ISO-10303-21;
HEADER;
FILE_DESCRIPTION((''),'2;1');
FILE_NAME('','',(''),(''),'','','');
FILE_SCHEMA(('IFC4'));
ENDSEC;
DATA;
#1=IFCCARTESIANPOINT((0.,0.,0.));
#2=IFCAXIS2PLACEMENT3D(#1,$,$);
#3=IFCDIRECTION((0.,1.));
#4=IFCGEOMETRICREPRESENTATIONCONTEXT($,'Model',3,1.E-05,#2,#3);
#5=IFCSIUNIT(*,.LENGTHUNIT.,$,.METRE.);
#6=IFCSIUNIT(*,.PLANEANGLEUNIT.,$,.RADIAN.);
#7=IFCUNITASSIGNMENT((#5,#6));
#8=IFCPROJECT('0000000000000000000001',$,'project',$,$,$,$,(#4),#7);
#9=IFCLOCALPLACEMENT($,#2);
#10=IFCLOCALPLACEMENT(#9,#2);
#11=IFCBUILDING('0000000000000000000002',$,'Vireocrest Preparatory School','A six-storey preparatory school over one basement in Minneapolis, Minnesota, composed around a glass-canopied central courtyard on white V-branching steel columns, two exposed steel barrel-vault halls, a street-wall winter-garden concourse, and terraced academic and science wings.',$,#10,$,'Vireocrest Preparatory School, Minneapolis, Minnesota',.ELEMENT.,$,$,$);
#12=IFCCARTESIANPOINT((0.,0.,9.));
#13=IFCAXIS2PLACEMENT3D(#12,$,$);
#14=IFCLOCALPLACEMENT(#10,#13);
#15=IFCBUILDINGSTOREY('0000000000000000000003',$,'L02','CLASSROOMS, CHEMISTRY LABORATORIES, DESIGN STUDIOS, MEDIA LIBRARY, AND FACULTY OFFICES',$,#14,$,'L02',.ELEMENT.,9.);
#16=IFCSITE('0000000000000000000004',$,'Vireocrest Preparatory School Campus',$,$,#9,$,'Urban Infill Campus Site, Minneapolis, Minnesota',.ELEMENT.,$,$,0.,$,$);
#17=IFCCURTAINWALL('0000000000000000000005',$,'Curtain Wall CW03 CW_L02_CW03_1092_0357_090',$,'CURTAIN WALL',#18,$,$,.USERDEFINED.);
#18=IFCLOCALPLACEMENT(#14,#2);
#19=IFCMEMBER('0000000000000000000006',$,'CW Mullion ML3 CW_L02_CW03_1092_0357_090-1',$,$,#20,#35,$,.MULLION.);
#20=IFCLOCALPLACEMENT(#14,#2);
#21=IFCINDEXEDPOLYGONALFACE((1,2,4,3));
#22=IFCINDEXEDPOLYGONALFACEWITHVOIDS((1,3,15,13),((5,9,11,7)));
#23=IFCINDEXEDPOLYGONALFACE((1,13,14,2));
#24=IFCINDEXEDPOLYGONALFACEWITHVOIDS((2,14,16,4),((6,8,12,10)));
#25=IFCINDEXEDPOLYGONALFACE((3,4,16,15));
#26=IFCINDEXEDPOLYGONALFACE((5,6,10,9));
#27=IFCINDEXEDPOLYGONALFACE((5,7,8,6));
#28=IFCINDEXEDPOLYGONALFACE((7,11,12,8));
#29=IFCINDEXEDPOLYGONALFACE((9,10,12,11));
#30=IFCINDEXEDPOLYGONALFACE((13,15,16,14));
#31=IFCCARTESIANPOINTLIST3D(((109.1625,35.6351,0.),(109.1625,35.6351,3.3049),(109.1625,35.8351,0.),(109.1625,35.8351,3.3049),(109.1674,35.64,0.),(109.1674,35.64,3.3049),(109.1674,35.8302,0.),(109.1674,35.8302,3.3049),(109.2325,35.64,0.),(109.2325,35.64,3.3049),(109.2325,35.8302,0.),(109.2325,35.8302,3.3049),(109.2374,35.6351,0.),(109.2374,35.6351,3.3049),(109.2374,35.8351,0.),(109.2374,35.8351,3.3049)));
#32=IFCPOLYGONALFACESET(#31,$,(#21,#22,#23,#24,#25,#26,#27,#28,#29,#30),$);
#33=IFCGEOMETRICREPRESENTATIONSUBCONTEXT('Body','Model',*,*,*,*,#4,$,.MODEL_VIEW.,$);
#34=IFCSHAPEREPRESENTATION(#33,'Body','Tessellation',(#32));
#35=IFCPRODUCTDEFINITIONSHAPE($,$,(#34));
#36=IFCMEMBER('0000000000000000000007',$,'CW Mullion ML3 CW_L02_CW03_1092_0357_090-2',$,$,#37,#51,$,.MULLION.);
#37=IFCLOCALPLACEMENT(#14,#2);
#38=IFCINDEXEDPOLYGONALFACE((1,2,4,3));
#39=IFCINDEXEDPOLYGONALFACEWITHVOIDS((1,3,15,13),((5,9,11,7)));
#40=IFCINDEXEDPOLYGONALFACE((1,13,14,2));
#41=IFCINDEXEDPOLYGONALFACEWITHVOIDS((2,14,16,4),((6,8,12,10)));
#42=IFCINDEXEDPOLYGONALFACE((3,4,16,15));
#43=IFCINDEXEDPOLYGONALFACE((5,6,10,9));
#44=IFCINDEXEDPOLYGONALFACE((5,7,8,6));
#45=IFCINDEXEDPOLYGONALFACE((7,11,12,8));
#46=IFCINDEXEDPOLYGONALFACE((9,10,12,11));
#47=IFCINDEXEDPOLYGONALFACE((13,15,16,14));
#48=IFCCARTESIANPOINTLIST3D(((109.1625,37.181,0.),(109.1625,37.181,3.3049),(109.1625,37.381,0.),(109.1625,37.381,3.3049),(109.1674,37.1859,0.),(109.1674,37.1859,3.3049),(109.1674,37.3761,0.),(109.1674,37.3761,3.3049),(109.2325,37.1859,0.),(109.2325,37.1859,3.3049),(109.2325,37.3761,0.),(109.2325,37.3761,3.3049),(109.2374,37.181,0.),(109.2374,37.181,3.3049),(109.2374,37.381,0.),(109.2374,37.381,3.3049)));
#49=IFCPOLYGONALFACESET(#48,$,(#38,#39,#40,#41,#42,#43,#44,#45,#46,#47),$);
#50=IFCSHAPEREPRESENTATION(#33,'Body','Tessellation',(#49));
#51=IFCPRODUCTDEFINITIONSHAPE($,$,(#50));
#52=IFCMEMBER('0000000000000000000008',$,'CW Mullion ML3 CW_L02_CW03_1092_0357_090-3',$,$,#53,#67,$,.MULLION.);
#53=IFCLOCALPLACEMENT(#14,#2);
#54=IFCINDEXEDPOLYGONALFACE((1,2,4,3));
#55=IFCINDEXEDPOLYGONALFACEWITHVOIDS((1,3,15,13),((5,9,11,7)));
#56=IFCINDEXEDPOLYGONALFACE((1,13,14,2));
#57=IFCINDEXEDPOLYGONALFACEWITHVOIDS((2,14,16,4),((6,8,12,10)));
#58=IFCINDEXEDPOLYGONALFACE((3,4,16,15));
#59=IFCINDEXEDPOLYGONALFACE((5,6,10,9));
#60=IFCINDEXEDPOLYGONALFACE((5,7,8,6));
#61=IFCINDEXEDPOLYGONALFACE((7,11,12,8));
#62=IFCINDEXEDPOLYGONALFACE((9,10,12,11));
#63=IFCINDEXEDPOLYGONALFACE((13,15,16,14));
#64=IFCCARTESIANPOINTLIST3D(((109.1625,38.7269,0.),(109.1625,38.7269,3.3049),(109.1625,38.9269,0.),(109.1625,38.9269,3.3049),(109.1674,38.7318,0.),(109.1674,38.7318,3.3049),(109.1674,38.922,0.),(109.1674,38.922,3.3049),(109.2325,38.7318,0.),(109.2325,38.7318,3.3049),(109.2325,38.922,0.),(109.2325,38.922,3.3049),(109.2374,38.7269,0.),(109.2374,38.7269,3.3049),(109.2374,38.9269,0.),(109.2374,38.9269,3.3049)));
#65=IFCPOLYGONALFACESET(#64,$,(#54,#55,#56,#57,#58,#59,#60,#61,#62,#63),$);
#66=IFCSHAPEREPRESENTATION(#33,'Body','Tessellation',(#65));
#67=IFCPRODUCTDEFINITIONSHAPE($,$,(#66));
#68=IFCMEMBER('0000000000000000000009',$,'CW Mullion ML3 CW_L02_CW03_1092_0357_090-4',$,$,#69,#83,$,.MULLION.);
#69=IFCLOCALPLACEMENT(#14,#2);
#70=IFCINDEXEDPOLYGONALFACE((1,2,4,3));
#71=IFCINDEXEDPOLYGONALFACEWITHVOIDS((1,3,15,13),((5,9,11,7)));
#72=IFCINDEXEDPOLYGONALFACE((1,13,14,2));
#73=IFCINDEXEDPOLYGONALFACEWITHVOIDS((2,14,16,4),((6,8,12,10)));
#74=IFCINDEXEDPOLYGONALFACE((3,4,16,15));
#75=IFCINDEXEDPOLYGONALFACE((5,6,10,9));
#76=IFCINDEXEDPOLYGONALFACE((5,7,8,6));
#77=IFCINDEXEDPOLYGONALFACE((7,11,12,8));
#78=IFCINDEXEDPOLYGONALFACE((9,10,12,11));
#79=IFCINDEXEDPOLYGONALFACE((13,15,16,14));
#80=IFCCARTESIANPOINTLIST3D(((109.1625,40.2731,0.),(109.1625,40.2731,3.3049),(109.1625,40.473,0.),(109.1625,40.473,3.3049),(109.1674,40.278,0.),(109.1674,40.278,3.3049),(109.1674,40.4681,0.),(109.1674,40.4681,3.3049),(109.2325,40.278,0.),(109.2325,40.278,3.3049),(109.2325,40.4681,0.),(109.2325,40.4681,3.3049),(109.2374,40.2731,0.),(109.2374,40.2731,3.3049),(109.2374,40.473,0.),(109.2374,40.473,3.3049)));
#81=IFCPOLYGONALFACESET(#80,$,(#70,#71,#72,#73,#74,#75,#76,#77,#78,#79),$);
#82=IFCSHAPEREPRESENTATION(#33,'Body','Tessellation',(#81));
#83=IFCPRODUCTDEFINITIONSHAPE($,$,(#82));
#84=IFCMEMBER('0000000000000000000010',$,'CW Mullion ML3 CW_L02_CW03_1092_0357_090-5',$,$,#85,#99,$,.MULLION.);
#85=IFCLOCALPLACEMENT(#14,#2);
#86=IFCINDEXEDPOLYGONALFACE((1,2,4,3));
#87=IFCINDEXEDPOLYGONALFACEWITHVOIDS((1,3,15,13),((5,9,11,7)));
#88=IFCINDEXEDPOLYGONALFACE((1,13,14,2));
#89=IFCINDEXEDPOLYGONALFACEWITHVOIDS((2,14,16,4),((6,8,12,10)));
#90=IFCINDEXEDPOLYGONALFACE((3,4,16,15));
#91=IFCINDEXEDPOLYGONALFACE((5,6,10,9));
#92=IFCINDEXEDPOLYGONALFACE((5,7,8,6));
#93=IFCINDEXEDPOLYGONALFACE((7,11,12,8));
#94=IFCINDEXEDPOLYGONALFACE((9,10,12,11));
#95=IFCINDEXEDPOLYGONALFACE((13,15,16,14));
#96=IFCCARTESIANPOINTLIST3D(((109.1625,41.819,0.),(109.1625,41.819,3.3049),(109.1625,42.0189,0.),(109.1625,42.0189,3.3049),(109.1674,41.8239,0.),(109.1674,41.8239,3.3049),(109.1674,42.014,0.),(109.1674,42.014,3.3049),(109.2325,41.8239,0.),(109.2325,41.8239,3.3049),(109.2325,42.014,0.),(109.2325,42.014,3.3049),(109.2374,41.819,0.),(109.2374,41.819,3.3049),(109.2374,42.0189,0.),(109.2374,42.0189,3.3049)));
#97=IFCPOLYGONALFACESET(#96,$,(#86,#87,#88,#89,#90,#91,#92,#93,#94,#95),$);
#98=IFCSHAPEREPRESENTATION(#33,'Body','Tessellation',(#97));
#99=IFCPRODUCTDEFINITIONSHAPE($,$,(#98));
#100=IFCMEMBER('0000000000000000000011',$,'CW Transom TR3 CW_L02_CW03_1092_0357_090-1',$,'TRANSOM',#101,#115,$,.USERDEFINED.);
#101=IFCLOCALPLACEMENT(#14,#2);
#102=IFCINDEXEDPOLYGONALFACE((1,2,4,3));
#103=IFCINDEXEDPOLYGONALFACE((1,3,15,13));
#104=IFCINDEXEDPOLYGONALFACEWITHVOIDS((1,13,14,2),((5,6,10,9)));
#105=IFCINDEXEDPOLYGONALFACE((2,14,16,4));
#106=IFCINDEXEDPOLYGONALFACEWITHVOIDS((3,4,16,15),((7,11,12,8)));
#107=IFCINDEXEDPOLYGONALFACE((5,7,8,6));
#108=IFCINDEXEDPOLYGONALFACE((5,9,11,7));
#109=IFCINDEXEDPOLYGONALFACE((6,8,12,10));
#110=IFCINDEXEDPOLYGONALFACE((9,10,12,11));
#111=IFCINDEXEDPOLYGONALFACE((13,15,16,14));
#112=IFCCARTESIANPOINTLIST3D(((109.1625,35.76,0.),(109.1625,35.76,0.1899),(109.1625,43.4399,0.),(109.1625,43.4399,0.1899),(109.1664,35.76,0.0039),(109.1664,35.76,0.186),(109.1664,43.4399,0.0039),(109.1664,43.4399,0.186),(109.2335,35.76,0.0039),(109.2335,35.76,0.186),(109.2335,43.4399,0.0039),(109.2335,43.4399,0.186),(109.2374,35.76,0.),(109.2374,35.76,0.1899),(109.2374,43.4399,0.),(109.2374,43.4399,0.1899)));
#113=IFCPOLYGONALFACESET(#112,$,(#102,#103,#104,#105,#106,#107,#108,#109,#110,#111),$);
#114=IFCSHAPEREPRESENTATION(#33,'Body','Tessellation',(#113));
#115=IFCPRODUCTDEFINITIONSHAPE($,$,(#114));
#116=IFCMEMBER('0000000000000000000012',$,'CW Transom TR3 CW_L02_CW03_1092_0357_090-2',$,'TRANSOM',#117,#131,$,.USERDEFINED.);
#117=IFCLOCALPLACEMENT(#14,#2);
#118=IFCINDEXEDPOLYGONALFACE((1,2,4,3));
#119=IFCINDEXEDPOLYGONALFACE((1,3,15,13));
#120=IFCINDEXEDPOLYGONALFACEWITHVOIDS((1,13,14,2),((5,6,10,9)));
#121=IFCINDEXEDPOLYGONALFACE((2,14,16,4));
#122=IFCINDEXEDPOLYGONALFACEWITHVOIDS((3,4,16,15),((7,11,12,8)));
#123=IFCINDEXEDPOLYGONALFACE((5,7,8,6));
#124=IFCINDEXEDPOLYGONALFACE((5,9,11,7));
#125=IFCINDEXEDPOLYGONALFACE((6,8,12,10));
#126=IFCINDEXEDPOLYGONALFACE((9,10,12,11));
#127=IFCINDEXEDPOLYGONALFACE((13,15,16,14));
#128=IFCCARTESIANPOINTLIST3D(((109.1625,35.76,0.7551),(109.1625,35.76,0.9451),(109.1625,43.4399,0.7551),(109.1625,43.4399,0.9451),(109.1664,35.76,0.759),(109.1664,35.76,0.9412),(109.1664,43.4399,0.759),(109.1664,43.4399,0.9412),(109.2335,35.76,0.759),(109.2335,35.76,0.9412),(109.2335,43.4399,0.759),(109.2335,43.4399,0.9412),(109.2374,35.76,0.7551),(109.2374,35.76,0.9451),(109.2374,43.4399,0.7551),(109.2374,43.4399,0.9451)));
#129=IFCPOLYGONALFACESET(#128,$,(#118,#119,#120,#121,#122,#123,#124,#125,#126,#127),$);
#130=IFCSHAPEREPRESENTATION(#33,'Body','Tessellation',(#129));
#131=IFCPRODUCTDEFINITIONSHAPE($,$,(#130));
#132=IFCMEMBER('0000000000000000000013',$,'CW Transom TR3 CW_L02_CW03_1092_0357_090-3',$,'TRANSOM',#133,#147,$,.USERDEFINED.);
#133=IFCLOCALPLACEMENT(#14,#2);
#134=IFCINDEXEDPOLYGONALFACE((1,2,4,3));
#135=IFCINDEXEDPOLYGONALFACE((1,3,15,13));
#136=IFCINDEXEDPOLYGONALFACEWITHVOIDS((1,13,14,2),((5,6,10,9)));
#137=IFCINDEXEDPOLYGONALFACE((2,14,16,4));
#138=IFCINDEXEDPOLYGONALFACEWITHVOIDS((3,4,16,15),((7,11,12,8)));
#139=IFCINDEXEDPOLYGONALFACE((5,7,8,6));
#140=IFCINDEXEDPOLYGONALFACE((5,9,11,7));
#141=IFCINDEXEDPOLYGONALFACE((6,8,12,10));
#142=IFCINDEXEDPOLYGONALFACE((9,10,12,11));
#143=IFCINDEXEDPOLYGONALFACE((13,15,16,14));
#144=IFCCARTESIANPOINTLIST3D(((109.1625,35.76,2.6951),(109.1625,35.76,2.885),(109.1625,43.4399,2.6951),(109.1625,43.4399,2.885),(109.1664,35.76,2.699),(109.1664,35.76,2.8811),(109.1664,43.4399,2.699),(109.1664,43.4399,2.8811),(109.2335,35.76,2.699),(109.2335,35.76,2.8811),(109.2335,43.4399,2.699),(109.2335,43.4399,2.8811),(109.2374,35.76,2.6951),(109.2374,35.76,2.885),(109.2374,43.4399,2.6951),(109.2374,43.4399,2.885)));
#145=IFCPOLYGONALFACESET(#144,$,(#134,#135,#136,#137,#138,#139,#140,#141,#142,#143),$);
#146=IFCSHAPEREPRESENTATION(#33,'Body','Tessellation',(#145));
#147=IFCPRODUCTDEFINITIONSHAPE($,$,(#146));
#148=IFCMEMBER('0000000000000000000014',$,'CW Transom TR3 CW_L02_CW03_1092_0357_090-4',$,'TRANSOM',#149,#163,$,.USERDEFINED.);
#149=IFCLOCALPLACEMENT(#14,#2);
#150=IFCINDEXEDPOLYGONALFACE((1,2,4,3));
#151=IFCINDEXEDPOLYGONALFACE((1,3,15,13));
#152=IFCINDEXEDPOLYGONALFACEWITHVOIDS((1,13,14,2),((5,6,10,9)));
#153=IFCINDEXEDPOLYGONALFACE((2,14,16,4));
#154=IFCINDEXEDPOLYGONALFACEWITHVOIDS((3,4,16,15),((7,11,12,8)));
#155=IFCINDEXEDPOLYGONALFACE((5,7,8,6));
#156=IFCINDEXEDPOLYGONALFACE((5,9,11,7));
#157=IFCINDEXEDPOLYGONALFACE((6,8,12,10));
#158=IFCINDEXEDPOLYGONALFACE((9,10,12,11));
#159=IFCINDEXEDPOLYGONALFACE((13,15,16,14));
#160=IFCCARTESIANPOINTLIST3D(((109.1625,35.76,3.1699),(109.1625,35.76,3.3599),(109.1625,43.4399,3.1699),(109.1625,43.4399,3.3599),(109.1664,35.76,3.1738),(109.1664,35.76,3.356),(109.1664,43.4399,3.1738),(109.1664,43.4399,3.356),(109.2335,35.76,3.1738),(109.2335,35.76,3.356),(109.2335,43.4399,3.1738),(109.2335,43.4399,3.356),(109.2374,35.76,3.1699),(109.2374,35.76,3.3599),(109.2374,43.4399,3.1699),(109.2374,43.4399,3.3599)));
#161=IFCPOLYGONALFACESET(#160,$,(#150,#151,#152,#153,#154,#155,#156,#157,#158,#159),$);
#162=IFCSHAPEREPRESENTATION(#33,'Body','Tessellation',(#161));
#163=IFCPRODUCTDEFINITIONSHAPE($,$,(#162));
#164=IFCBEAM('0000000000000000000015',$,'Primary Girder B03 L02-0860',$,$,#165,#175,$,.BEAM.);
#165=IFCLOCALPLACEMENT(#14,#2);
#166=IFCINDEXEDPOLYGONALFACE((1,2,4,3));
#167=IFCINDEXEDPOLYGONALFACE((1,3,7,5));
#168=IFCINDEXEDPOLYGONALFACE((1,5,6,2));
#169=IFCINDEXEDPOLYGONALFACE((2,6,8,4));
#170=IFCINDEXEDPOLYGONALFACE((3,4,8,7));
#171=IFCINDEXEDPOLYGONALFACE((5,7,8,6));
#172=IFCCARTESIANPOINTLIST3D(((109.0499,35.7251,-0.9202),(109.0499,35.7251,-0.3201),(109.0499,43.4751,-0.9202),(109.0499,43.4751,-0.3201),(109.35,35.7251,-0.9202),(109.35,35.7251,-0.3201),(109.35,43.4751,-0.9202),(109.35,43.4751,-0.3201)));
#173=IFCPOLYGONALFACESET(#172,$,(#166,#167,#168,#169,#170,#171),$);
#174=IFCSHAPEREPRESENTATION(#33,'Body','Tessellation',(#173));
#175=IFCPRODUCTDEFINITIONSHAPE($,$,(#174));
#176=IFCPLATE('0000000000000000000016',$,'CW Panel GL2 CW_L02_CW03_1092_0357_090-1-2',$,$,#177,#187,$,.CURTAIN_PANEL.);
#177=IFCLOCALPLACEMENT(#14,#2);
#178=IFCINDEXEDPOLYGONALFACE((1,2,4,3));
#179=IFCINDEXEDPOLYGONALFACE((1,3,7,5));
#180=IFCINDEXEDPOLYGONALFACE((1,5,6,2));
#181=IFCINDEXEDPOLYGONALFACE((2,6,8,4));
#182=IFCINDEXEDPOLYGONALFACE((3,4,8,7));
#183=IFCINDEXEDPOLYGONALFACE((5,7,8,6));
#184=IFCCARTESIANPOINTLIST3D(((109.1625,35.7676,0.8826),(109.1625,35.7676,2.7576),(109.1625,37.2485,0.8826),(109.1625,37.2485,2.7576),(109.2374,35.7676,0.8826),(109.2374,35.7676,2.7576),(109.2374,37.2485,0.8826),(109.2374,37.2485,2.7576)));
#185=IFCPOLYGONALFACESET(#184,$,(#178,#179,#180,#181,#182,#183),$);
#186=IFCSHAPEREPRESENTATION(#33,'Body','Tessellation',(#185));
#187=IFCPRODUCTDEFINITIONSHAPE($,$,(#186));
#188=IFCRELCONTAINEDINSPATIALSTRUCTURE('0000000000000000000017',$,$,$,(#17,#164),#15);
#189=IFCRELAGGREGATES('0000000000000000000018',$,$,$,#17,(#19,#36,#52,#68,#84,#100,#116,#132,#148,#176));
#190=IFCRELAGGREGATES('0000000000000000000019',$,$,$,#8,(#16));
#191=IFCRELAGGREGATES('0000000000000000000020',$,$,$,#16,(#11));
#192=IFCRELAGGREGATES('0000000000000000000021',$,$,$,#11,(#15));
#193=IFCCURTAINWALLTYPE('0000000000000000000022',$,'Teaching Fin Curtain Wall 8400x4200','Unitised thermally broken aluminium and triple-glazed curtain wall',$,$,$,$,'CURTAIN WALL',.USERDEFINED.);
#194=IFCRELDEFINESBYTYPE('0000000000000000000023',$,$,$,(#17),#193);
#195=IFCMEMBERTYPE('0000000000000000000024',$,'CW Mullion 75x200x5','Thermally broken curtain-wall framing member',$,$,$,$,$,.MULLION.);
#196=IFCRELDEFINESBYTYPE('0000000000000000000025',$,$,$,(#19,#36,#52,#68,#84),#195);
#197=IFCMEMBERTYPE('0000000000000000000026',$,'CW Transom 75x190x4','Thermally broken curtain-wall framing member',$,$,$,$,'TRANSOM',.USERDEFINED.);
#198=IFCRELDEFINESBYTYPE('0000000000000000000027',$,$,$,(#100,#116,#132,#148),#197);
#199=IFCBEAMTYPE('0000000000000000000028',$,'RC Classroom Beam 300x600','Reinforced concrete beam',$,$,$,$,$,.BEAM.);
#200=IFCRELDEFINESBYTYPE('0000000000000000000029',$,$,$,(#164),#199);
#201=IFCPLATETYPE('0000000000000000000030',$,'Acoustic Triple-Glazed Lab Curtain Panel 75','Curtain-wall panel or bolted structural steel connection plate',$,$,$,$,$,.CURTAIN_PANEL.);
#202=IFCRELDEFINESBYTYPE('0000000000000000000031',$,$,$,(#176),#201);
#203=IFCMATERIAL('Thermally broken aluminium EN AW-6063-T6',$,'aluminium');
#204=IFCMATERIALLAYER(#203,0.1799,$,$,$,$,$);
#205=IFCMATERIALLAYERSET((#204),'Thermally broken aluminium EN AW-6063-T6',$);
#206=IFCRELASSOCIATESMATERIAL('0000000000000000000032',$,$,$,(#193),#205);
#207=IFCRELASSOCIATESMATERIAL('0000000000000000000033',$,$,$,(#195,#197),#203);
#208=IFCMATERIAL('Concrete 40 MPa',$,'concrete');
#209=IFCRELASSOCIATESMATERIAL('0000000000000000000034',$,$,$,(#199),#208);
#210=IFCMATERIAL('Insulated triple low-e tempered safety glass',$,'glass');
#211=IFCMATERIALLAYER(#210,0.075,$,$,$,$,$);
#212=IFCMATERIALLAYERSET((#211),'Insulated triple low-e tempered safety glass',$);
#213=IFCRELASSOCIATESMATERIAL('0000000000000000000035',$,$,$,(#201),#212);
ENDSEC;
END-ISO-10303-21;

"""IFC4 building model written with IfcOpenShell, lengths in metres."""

from ifc_helpers import new_model, si_unit, direction, frame, origin, origin_2d, place, context, subcontext, project, spatial, rectangle, hollow_rectangle, extrude, material, layer, layer_set, material_profile, profile_set, type_object, element, aggregate, save


model = new_model("IFC4")

# Units and contexts
model_context = context("Model", 3, precision=1e-05, world=origin(), true_north=direction((0.0, 1.0)))
body_context = subcontext(model_context, "Body", "Model", "MODEL_VIEW")
ifc_project = project(units=[si_unit("LENGTHUNIT", "METRE"), si_unit("PLANEANGLEUNIT", "RADIAN")], contexts=[model_context])

# Site, building, storey
site_placement = place(None, origin())
site = spatial("IfcSite", under=ifc_project, at=site_placement, Name="Vireocrest Preparatory School Campus", LongName="Urban Infill Campus Site, Minneapolis, Minnesota", CompositionType="ELEMENT", RefElevation=0.0)
building_placement = place(site_placement, origin())
building = spatial("IfcBuilding", under=site, at=building_placement, Name="Vireocrest Preparatory School", Description="A six-storey preparatory school over one basement in Minneapolis, Minnesota, composed around a glass-canopied central courtyard on white V-branching steel columns, two exposed steel barrel-vault halls, a street-wall winter-garden concourse, and terraced academic and science wings.", LongName="Vireocrest Preparatory School, Minneapolis, Minnesota", CompositionType="ELEMENT")
storey_placement = place(building_placement, frame((0.0, 0.0, 9.0)))
storey = spatial("IfcBuildingStorey", under=building, at=storey_placement, Name="L02", Description="CLASSROOMS, CHEMISTRY LABORATORIES, DESIGN STUDIOS, MEDIA LIBRARY, AND FACULTY OFFICES", LongName="L02", CompositionType="ELEMENT", Elevation=9.0)

# Curtain wall, members
ifc_material_1 = material(Name="Thermally broken aluminium EN AW-6063-T6", Category="aluminium")
ifc_layer_1 = layer(ifc_material_1, 0.1799)
ifc_layer_set_1 = layer_set([ifc_layer_1], Name="Thermally broken aluminium EN AW-6063-T6")
curtain_wall_type = type_object("IfcCurtainWallType", Name="Teaching Fin Curtain Wall 8400x4200", Description="Unitised thermally broken aluminium and triple-glazed curtain wall", ElementType="CURTAIN WALL", PredefinedType="USERDEFINED", material=ifc_layer_set_1)
curtain_wall_placement = place(storey_placement, origin())
curtain_wall = element("IfcCurtainWall", 1, at=curtain_wall_placement, inside=storey, type_object=curtain_wall_type, Name="Curtain Wall CW03 CW_L02_CW03_1092_0357_090", ObjectType="CURTAIN WALL", PredefinedType="USERDEFINED")
ifc_material_profile_1 = material_profile(ifc_material_1, hollow_rectangle(XDim=0.075, YDim=0.2, WallThickness=0.0049, at=origin_2d()), Name="ALU 75x200x5")
ifc_profile_set_1 = profile_set([ifc_material_profile_1], Name="Thermally broken aluminium EN AW-6063-T6")
member_type_1 = type_object("IfcMemberType", Name="CW Mullion 75x200x5", Description="Thermally broken curtain-wall framing member", PredefinedType="MULLION", material=ifc_profile_set_1)
member_1_placement = place(storey_placement, frame((109.2, 35.7351, 0.0), z_axis=(0.0, 0.0, 1.0), x_axis=(1.0, 0.0, 0.0)))
member_1 = element("IfcMember", 2, at=member_1_placement, type_object=member_type_1, Name="CW Mullion ML3 CW_L02_CW03_1092_0357_090-1", PredefinedType="MULLION", context=body_context, shape_type="SweptSolid", body=[
    extrude(hollow_rectangle(XDim=0.075, YDim=0.2, WallThickness=0.0049, at=origin_2d()), origin(), (0.0, 0.0, 1.0), 3.3049),
])
member_2_placement = place(storey_placement, frame((109.2, 37.281, 0.0), z_axis=(0.0, 0.0, 1.0), x_axis=(1.0, 0.0, 0.0)))
member_2 = element("IfcMember", 3, at=member_2_placement, type_object=member_type_1, Name="CW Mullion ML3 CW_L02_CW03_1092_0357_090-2", PredefinedType="MULLION", context=body_context, shape_type="SweptSolid", body=[
    extrude(hollow_rectangle(XDim=0.075, YDim=0.2, WallThickness=0.0049, at=origin_2d()), origin(), (0.0, 0.0, 1.0), 3.3049),
])
member_3_placement = place(storey_placement, frame((109.2, 38.8269, 0.0), z_axis=(0.0, 0.0, 1.0), x_axis=(1.0, 0.0, 0.0)))
member_3 = element("IfcMember", 4, at=member_3_placement, type_object=member_type_1, Name="CW Mullion ML3 CW_L02_CW03_1092_0357_090-3", PredefinedType="MULLION", context=body_context, shape_type="SweptSolid", body=[
    extrude(hollow_rectangle(XDim=0.075, YDim=0.2, WallThickness=0.0049, at=origin_2d()), origin(), (0.0, 0.0, 1.0), 3.3049),
])
member_4_placement = place(storey_placement, frame((109.2, 40.373, 0.0), z_axis=(0.0, 0.0, 1.0), x_axis=(1.0, 0.0, 0.0)))
member_4 = element("IfcMember", 5, at=member_4_placement, type_object=member_type_1, Name="CW Mullion ML3 CW_L02_CW03_1092_0357_090-4", PredefinedType="MULLION", context=body_context, shape_type="SweptSolid", body=[
    extrude(hollow_rectangle(XDim=0.075, YDim=0.2, WallThickness=0.0049, at=origin_2d()), origin(), (0.0, 0.0, 1.0), 3.3049),
])
member_5_placement = place(storey_placement, frame((109.2, 41.9189, 0.0), z_axis=(0.0, 0.0, 1.0), x_axis=(1.0, 0.0, 0.0)))
member_5 = element("IfcMember", 6, at=member_5_placement, type_object=member_type_1, Name="CW Mullion ML3 CW_L02_CW03_1092_0357_090-5", PredefinedType="MULLION", context=body_context, shape_type="SweptSolid", body=[
    extrude(hollow_rectangle(XDim=0.075, YDim=0.2, WallThickness=0.0049, at=origin_2d()), origin(), (0.0, 0.0, 1.0), 3.3049),
])
ifc_material_profile_2 = material_profile(ifc_material_1, hollow_rectangle(XDim=0.075, YDim=0.1899, WallThickness=0.0039, at=origin_2d()), Name="ALU 75x190x4")
ifc_profile_set_2 = profile_set([ifc_material_profile_2], Name="Thermally broken aluminium EN AW-6063-T6")
member_type_2 = type_object("IfcMemberType", Name="CW Transom 75x190x4", Description="Thermally broken curtain-wall framing member", ElementType="TRANSOM", PredefinedType="USERDEFINED", material=ifc_profile_set_2)
member_6_placement = place(storey_placement, frame((109.2, 35.76, 0.095), z_axis=(0.0, 1.0, 0.0), x_axis=(-1.0, 0.0, 0.0)))
member_6 = element("IfcMember", 7, at=member_6_placement, type_object=member_type_2, Name="CW Transom TR3 CW_L02_CW03_1092_0357_090-1", ObjectType="TRANSOM", PredefinedType="USERDEFINED", context=body_context, shape_type="SweptSolid", body=[
    extrude(hollow_rectangle(XDim=0.075, YDim=0.1899, WallThickness=0.0039, at=origin_2d()), origin(), (0.0, 0.0, 1.0), 7.6799),
])
member_7_placement = place(storey_placement, frame((109.2, 35.76, 0.8501), z_axis=(0.0, 1.0, 0.0), x_axis=(-1.0, 0.0, 0.0)))
member_7 = element("IfcMember", 8, at=member_7_placement, type_object=member_type_2, Name="CW Transom TR3 CW_L02_CW03_1092_0357_090-2", ObjectType="TRANSOM", PredefinedType="USERDEFINED", context=body_context, shape_type="SweptSolid", body=[
    extrude(hollow_rectangle(XDim=0.075, YDim=0.1899, WallThickness=0.0039, at=origin_2d()), origin(), (0.0, 0.0, 1.0), 7.6799),
])
member_8_placement = place(storey_placement, frame((109.2, 35.76, 2.79), z_axis=(0.0, 1.0, 0.0), x_axis=(-1.0, 0.0, 0.0)))
member_8 = element("IfcMember", 9, at=member_8_placement, type_object=member_type_2, Name="CW Transom TR3 CW_L02_CW03_1092_0357_090-3", ObjectType="TRANSOM", PredefinedType="USERDEFINED", context=body_context, shape_type="SweptSolid", body=[
    extrude(hollow_rectangle(XDim=0.075, YDim=0.1899, WallThickness=0.0039, at=origin_2d()), origin(), (0.0, 0.0, 1.0), 7.6799),
])
member_9_placement = place(storey_placement, frame((109.2, 35.76, 3.2649), z_axis=(0.0, 1.0, 0.0), x_axis=(-1.0, 0.0, 0.0)))
member_9 = element("IfcMember", 10, at=member_9_placement, type_object=member_type_2, Name="CW Transom TR3 CW_L02_CW03_1092_0357_090-4", ObjectType="TRANSOM", PredefinedType="USERDEFINED", context=body_context, shape_type="SweptSolid", body=[
    extrude(hollow_rectangle(XDim=0.075, YDim=0.1899, WallThickness=0.0039, at=origin_2d()), origin(), (0.0, 0.0, 1.0), 7.6799),
])

# Beam
ifc_material_2 = material(Name="Concrete 40 MPa", Category="concrete")
ifc_material_profile_3 = material_profile(ifc_material_2, rectangle(XDim=0.3, YDim=0.6001, at=origin_2d()), Name="RC 300x600")
ifc_profile_set_3 = profile_set([ifc_material_profile_3], Name="Concrete 40 MPa")
beam_type = type_object("IfcBeamType", Name="RC Classroom Beam 300x600", Description="Reinforced concrete beam", PredefinedType="BEAM", material=ifc_profile_set_3)
beam_placement = place(storey_placement, frame((109.2, 35.7251, -0.6201), z_axis=(0.0, 1.0, 0.0), x_axis=(-1.0, 0.0, 0.0)))
element("IfcBeam", 11, at=beam_placement, inside=storey, type_object=beam_type, Name="Primary Girder B03 L02-0860", PredefinedType="BEAM", context=body_context, shape_type="SweptSolid", body=[
    extrude(rectangle(XDim=0.3, YDim=0.6001, at=origin_2d()), origin(), (0.0, 0.0, 1.0), 7.75),
])

# Plate
ifc_material_3 = material(Name="Insulated triple low-e tempered safety glass", Category="glass")
ifc_layer_2 = layer(ifc_material_3, 0.075)
ifc_layer_set_2 = layer_set([ifc_layer_2], Name="Insulated triple low-e tempered safety glass")
plate_type_1 = type_object("IfcPlateType", Name="Acoustic Triple-Glazed Lab Curtain Panel 75", Description="Curtain-wall panel or bolted structural steel connection plate", PredefinedType="CURTAIN_PANEL", material=ifc_layer_set_2)
plate_1_placement = place(storey_placement, frame((109.2, 36.5081, 0.8826), z_axis=(0.0, 0.0, 1.0), x_axis=(0.0, 1.0, 0.0)))
plate_1 = element("IfcPlate", 12, at=plate_1_placement, type_object=plate_type_1, Name="CW Panel GL2 CW_L02_CW03_1092_0357_090-1-2", PredefinedType="CURTAIN_PANEL", context=body_context, shape_type="SweptSolid", body=[
    extrude(rectangle(XDim=1.481, YDim=0.075, at=origin_2d()), origin(), (0.0, 0.0, 1.0), 1.875),
])
aggregate(curtain_wall, [member_1, member_2, member_3, member_4, member_5, member_6, member_7, member_8, member_9, plate_1])

save(model, "model.ifc")
